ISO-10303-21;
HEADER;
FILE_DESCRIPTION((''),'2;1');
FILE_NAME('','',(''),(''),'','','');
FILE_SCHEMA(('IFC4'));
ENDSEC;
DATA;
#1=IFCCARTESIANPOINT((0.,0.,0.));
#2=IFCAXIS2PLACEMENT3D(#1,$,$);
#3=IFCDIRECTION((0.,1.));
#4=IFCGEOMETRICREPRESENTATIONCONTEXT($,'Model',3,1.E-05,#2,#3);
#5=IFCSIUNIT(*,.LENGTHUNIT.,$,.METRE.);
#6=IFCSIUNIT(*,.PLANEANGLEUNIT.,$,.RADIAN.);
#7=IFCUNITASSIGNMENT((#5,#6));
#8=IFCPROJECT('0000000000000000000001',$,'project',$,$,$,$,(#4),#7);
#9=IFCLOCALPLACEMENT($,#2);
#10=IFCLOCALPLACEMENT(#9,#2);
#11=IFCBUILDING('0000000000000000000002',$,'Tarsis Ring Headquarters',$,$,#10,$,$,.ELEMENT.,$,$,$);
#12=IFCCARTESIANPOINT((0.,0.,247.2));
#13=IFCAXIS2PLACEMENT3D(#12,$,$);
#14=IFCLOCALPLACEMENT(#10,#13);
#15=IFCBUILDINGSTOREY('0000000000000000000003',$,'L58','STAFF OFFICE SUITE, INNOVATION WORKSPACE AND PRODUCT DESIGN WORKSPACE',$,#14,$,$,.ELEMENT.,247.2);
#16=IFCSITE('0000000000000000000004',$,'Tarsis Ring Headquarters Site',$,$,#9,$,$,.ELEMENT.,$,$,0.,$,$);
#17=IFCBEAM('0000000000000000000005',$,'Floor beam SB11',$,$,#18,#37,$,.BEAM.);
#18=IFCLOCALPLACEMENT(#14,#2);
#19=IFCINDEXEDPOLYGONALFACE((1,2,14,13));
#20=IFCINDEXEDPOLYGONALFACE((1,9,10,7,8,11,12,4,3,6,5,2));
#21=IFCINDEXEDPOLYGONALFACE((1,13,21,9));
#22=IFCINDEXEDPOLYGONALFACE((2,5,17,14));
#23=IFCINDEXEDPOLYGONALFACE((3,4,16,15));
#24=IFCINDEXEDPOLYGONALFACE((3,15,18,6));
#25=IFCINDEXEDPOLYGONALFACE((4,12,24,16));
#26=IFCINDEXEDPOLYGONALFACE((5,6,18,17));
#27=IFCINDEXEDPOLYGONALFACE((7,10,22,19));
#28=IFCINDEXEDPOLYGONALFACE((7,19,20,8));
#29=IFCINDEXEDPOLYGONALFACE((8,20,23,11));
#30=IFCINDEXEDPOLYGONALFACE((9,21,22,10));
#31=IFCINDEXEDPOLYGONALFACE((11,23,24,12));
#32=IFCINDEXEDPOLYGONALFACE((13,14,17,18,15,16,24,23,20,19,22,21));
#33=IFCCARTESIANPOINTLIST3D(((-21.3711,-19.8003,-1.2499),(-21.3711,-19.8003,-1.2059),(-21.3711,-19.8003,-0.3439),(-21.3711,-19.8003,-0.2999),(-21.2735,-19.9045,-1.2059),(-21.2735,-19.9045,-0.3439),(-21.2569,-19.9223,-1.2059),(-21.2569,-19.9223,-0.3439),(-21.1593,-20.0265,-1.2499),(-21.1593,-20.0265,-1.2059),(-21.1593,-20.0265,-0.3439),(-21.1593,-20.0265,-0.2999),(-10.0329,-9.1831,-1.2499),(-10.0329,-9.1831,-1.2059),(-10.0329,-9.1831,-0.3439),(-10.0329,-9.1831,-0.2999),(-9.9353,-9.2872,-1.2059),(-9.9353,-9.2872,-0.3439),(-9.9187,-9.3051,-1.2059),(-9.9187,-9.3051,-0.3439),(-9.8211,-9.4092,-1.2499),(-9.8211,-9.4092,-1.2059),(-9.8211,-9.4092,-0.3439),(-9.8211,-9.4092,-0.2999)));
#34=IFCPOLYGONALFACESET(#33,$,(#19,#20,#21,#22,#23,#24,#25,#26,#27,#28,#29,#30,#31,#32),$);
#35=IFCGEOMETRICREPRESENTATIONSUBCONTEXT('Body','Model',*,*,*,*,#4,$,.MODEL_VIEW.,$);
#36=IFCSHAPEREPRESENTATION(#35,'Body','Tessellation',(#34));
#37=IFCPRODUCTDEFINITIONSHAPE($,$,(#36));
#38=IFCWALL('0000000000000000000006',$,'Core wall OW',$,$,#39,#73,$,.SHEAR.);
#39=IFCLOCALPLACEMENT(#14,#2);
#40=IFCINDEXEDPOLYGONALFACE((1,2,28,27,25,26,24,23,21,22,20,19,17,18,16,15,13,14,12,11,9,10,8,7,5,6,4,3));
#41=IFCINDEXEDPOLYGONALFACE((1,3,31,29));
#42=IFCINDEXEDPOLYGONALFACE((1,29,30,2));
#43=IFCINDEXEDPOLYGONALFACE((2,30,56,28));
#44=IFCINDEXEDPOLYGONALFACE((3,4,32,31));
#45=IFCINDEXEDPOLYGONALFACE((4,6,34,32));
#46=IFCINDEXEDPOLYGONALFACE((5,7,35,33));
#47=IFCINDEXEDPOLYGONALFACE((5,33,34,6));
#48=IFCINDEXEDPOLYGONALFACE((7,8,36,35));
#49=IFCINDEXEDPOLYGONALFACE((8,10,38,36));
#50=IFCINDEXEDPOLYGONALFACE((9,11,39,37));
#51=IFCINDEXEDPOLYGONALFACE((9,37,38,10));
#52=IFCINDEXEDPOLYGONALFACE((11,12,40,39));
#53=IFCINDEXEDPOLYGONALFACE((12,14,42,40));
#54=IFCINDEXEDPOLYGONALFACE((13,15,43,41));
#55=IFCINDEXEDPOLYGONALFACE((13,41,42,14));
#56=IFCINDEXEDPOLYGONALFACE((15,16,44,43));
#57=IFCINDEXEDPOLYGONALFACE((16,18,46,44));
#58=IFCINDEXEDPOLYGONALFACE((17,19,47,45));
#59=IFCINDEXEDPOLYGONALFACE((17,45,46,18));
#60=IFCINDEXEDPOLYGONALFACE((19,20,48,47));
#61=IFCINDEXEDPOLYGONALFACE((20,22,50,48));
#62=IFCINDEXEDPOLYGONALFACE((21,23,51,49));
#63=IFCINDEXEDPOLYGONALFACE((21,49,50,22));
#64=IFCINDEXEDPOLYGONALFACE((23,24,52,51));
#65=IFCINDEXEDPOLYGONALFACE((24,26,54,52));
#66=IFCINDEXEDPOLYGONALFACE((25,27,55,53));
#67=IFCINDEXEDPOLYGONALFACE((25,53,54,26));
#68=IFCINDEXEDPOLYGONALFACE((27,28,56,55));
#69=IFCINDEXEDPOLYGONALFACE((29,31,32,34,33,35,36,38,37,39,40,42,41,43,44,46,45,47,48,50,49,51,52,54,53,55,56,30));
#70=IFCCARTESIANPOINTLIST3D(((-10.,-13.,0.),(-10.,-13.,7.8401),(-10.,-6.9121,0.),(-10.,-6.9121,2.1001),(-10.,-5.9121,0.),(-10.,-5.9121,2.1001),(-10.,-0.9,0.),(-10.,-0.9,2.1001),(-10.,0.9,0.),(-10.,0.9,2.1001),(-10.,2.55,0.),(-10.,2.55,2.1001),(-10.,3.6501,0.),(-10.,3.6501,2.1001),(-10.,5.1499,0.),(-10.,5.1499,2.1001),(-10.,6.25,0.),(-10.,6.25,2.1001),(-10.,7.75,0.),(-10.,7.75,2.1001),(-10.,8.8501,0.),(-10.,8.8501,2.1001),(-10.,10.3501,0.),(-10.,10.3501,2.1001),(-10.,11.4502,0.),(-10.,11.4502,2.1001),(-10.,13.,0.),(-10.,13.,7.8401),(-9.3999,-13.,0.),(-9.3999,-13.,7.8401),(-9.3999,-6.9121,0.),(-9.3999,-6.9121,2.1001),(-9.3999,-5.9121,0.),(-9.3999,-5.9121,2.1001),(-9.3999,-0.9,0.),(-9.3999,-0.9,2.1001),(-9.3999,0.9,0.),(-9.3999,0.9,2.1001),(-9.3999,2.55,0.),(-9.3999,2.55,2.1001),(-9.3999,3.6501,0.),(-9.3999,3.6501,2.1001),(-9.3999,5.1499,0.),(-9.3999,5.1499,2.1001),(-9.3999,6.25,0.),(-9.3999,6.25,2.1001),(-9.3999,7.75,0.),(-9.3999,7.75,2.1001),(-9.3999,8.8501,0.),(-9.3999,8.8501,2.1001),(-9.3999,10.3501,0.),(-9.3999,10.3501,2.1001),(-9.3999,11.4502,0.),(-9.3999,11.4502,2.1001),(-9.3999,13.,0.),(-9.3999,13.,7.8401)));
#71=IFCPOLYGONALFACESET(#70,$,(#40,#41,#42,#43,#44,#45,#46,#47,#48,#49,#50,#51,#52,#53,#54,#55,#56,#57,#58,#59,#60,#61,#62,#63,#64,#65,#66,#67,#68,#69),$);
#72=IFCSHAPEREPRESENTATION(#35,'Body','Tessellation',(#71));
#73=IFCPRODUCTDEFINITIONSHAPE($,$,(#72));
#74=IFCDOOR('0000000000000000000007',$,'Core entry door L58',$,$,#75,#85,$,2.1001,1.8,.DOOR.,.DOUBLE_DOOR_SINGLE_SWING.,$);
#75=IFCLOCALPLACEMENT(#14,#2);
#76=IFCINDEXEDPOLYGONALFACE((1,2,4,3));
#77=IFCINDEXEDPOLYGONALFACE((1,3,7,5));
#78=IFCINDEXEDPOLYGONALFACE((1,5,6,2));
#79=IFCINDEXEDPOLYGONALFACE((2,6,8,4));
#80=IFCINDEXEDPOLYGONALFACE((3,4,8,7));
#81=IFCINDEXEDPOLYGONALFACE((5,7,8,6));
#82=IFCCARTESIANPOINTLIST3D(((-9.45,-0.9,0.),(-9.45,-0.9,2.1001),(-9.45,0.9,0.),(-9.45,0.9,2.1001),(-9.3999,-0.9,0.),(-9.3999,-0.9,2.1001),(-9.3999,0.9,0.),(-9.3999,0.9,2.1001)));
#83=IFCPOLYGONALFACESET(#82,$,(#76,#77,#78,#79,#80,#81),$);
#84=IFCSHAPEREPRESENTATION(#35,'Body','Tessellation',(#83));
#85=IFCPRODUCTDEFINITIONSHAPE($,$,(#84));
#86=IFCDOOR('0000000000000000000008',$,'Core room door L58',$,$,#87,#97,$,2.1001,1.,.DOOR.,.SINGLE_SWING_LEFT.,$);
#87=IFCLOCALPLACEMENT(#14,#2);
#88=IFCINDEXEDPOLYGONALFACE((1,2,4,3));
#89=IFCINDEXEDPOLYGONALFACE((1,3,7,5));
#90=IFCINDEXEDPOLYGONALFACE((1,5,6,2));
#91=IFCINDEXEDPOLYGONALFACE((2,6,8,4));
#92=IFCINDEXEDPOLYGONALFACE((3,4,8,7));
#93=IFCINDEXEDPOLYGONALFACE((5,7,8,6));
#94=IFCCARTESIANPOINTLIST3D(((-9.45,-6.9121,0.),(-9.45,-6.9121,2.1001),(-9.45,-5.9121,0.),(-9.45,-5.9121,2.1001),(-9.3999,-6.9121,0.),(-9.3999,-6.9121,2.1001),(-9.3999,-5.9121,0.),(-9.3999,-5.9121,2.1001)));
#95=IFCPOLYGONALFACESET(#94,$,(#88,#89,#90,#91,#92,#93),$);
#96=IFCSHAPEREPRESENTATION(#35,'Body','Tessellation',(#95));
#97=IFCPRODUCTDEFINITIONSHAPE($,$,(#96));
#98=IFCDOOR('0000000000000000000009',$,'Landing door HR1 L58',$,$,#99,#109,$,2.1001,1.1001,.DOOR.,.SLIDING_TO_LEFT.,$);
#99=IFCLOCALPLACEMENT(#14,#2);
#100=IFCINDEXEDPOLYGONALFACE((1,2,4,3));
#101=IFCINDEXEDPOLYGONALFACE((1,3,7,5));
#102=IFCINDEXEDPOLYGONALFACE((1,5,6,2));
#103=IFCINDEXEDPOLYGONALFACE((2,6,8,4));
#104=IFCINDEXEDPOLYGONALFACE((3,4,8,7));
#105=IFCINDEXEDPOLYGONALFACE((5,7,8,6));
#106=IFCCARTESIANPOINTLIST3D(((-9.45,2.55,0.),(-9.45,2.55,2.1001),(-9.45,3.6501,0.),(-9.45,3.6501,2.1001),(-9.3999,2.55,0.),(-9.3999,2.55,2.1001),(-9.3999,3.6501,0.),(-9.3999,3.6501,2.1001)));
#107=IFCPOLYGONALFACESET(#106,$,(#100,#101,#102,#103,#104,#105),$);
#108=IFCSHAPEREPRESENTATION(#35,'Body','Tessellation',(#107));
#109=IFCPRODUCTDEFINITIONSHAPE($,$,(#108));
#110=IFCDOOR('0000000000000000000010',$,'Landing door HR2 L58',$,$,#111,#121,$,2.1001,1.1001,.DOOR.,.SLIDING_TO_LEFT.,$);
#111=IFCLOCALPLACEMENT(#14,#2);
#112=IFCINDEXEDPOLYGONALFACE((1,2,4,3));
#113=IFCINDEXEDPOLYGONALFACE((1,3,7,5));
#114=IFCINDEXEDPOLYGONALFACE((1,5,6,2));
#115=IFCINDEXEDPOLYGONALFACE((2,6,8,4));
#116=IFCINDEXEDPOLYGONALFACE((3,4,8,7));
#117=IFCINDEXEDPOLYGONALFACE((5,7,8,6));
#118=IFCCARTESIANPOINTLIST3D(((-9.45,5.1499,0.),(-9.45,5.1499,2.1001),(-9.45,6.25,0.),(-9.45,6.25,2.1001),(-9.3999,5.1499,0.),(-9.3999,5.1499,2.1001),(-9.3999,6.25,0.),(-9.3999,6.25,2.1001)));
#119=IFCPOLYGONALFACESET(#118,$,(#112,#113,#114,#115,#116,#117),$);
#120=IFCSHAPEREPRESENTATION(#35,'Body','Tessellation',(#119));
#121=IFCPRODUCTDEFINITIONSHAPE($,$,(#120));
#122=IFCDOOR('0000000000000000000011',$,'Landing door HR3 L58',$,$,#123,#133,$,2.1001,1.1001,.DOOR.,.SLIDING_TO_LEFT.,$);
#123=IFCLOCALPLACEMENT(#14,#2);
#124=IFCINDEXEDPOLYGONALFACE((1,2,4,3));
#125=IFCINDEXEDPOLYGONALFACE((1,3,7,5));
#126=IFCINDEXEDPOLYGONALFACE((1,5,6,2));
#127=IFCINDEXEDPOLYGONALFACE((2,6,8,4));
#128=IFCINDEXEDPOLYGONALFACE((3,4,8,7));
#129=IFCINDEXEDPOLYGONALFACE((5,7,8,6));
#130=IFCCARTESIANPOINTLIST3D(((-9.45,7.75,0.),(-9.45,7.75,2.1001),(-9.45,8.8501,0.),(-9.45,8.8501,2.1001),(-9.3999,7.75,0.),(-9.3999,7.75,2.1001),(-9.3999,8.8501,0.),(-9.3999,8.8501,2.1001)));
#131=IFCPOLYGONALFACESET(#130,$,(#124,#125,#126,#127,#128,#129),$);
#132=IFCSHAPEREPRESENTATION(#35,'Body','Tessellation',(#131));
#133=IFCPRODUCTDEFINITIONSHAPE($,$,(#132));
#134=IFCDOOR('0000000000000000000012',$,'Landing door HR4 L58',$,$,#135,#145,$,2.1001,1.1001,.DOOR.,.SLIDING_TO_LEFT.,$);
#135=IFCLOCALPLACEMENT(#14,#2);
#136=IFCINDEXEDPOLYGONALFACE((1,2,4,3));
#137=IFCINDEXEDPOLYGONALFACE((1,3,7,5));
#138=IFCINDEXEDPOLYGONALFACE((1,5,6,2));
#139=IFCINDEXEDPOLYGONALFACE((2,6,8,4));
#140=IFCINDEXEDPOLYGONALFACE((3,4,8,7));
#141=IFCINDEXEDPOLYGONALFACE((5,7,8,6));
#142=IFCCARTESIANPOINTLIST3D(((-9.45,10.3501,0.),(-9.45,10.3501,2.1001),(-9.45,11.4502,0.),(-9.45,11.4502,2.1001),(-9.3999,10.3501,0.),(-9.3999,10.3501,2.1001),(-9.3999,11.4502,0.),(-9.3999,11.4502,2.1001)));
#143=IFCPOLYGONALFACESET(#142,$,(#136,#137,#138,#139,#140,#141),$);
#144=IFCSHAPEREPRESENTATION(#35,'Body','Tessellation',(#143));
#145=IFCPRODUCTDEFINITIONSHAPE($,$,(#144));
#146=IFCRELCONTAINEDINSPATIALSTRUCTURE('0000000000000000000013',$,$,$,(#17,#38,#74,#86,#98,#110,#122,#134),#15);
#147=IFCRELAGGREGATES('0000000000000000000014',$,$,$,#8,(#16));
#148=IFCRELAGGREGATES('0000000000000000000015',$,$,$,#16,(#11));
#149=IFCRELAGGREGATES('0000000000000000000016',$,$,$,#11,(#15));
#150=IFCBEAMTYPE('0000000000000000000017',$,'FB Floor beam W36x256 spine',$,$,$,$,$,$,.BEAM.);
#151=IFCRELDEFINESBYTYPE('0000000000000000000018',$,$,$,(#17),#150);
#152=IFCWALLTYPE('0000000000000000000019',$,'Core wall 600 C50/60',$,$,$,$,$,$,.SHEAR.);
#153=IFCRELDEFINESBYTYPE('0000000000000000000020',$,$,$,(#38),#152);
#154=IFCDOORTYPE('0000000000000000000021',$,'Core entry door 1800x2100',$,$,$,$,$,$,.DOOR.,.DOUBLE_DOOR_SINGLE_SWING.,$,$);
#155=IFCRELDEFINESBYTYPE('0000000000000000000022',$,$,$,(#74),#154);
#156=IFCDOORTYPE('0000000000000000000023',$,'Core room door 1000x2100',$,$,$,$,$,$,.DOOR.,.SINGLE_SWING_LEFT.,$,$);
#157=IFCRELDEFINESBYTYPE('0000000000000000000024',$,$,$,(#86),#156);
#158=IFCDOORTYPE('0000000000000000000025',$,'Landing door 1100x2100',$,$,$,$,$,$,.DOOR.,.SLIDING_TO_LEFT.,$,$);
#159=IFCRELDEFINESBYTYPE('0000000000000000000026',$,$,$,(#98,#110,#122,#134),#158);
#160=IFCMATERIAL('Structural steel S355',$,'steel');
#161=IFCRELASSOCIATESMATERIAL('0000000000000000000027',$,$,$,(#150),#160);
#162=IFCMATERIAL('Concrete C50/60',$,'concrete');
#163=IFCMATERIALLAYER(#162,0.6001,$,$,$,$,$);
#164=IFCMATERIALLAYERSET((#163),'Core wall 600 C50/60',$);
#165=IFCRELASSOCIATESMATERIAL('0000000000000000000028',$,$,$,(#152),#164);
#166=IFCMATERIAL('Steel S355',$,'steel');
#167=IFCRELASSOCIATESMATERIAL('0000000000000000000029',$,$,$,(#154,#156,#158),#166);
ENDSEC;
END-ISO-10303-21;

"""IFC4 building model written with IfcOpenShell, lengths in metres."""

from ifc_helpers import new_model, si_unit, direction, frame, frame_2d, origin, origin_2d, place, context, subcontext, project, spatial, rectangle, i_section, extrude, material, layer, layer_set, material_profile, profile_set, type_object, element, fill, save


model = new_model("IFC4")

# Units and contexts
model_context = context("Model", 3, precision=1e-05, world=origin(), true_north=direction((0.0, 1.0)))
body_context = subcontext(model_context, "Body", "Model", "MODEL_VIEW")
ifc_project = project(units=[si_unit("LENGTHUNIT", "METRE"), si_unit("PLANEANGLEUNIT", "RADIAN")], contexts=[model_context])

# Site, building, storey
site_placement = place(None, origin())
site = spatial("IfcSite", under=ifc_project, at=site_placement, Name="Tarsis Ring Headquarters Site", CompositionType="ELEMENT", RefElevation=0.0)
building_placement = place(site_placement, origin())
building = spatial("IfcBuilding", under=site, at=building_placement, Name="Tarsis Ring Headquarters", CompositionType="ELEMENT")
storey_placement = place(building_placement, frame((0.0, 0.0, 247.2)))
storey = spatial("IfcBuildingStorey", under=building, at=storey_placement, Name="L58", Description="STAFF OFFICE SUITE, INNOVATION WORKSPACE AND PRODUCT DESIGN WORKSPACE", CompositionType="ELEMENT", Elevation=247.2)

# Beam
ifc_material_1 = material(Name="Structural steel S355", Category="steel")
ifc_material_profile = material_profile(ifc_material_1, i_section(OverallWidth=0.3098, OverallDepth=0.95, WebThickness=0.0244, FlangeThickness=0.0439, at=origin_2d()), Name="W36x256")
ifc_profile_set = profile_set([ifc_material_profile], Name="Structural steel S355")
beam_type = type_object("IfcBeamType", Name="FB Floor beam W36x256 spine", PredefinedType="BEAM", material=ifc_profile_set)
beam_placement = place(storey_placement, frame((-9.927, -9.2961, -0.7749), z_axis=(-0.729933, -0.683519, 0.0), x_axis=(0.683519, -0.729933, 0.0)))
element("IfcBeam", 1, at=beam_placement, inside=storey, type_object=beam_type, Name="Floor beam SB11", PredefinedType="BEAM", context=body_context, shape_type="SweptSolid", body=[
    extrude(i_section(OverallWidth=0.3098, OverallDepth=0.95, WebThickness=0.0244, FlangeThickness=0.0439, at=origin_2d()), origin(), (0.0, 0.0, 1.0), 15.5332),
])

# Wall, openings, doors
ifc_material_2 = material(Name="Concrete C50/60", Category="concrete")
ifc_layer_1 = layer(ifc_material_2, 0.6001)
ifc_layer_set_1 = layer_set([ifc_layer_1], Name="Core wall 600 C50/60")
wall_type_1 = type_object("IfcWallType", Name="Core wall 600 C50/60", PredefinedType="SHEAR", material=ifc_layer_set_1)
wall_1_placement = place(storey_placement, frame((-9.7, -13.0, 0.0), z_axis=(0.0, 0.0, 1.0), x_axis=(0.0, 1.0, 0.0)))
wall_1 = element("IfcWall", 2, at=wall_1_placement, inside=storey, type_object=wall_type_1, Name="Core wall OW", PredefinedType="SHEAR", context=body_context, shape_type="SweptSolid", body=[
    extrude(rectangle(XDim=26.0, YDim=0.6001, at=frame_2d((13.0, 0.0))), origin(), (0.0, 0.0, 1.0), 7.8401),
])
opening_1_placement = place(wall_1_placement, frame((6.0879, 0.0, 0.0)))
opening_1 = element("IfcOpeningElement", 3, at=opening_1_placement, cuts=wall_1, PredefinedType="OPENING", context=body_context, shape_type="SweptSolid", body=[
    extrude(rectangle(XDim=1.0, YDim=2.1001, at=frame_2d((0.5, 1.05))), frame((0.0, 0.3101, 0.0), z_axis=(0.0, -1.0, 0.0), x_axis=(1.0, 0.0, 0.0)), (0.0, 0.0, 1.0), 0.6201),
])
opening_2_placement = place(wall_1_placement, frame((12.1001, 0.0, 0.0)))
opening_2 = element("IfcOpeningElement", 4, at=opening_2_placement, cuts=wall_1, PredefinedType="OPENING", context=body_context, shape_type="SweptSolid", body=[
    extrude(rectangle(XDim=1.8, YDim=2.1001, at=frame_2d((0.8999, 1.05))), frame((0.0, 0.3101, 0.0), z_axis=(0.0, -1.0, 0.0), x_axis=(1.0, 0.0, 0.0)), (0.0, 0.0, 1.0), 0.6201),
])
opening_3_placement = place(wall_1_placement, frame((15.55, 0.0, 0.0)))
opening_3 = element("IfcOpeningElement", 5, at=opening_3_placement, cuts=wall_1, PredefinedType="OPENING", context=body_context, shape_type="SweptSolid", body=[
    extrude(rectangle(XDim=1.1001, YDim=2.1001, at=frame_2d((0.55, 1.05))), frame((0.0, 0.3101, 0.0), z_axis=(0.0, -1.0, 0.0), x_axis=(1.0, 0.0, 0.0)), (0.0, 0.0, 1.0), 0.6201),
])
opening_4_placement = place(wall_1_placement, frame((18.1499, 0.0, 0.0)))
opening_4 = element("IfcOpeningElement", 6, at=opening_4_placement, cuts=wall_1, PredefinedType="OPENING", context=body_context, shape_type="SweptSolid", body=[
    extrude(rectangle(XDim=1.1001, YDim=2.1001, at=frame_2d((0.55, 1.05))), frame((0.0, 0.3101, 0.0), z_axis=(0.0, -1.0, 0.0), x_axis=(1.0, 0.0, 0.0)), (0.0, 0.0, 1.0), 0.6201),
])
opening_5_placement = place(wall_1_placement, frame((20.75, 0.0, 0.0)))
opening_5 = element("IfcOpeningElement", 7, at=opening_5_placement, cuts=wall_1, PredefinedType="OPENING", context=body_context, shape_type="SweptSolid", body=[
    extrude(rectangle(XDim=1.1001, YDim=2.1001, at=frame_2d((0.55, 1.05))), frame((0.0, 0.3101, 0.0), z_axis=(0.0, -1.0, 0.0), x_axis=(1.0, 0.0, 0.0)), (0.0, 0.0, 1.0), 0.6201),
])
opening_6_placement = place(wall_1_placement, frame((23.3501, 0.0, 0.0)))
opening_6 = element("IfcOpeningElement", 8, at=opening_6_placement, cuts=wall_1, PredefinedType="OPENING", context=body_context, shape_type="SweptSolid", body=[
    extrude(rectangle(XDim=1.1001, YDim=2.1001, at=frame_2d((0.55, 1.05))), frame((0.0, 0.3101, 0.0), z_axis=(0.0, -1.0, 0.0), x_axis=(1.0, 0.0, 0.0)), (0.0, 0.0, 1.0), 0.6201),
])
ifc_material_3 = material(Name="Steel S355", Category="steel")
door_type_1 = type_object("IfcDoorType", Name="Core entry door 1800x2100", OperationType="DOUBLE_DOOR_SINGLE_SWING", PredefinedType="DOOR", material=ifc_material_3)
door_1_placement = place(opening_2_placement, origin())
door_1 = element("IfcDoor", 9, at=door_1_placement, inside=storey, type_object=door_type_1, Name="Core entry door L58", OperationType="DOUBLE_DOOR_SINGLE_SWING", OverallHeight=2.1001, OverallWidth=1.8, PredefinedType="DOOR", context=body_context, shape_type="SweptSolid", body=[
    extrude(rectangle(XDim=1.8, YDim=2.1001, at=frame_2d((0.8999, 1.05))), frame((0.0, -0.25, 0.0), z_axis=(0.0, -1.0, 0.0), x_axis=(1.0, 0.0, 0.0)), (0.0, 0.0, 1.0), 0.05),
])
fill(opening_2, door_1)
door_type_2 = type_object("IfcDoorType", Name="Core room door 1000x2100", OperationType="SINGLE_SWING_LEFT", PredefinedType="DOOR", material=ifc_material_3)
door_2_placement = place(opening_1_placement, origin())
door_2 = element("IfcDoor", 10, at=door_2_placement, inside=storey, type_object=door_type_2, Name="Core room door L58", OperationType="SINGLE_SWING_LEFT", OverallHeight=2.1001, OverallWidth=1.0, PredefinedType="DOOR", context=body_context, shape_type="SweptSolid", body=[
    extrude(rectangle(XDim=1.0, YDim=2.1001, at=frame_2d((0.5, 1.05))), frame((0.0, -0.25, 0.0), z_axis=(0.0, -1.0, 0.0), x_axis=(1.0, 0.0, 0.0)), (0.0, 0.0, 1.0), 0.05),
])
fill(opening_1, door_2)
door_type_3 = type_object("IfcDoorType", Name="Landing door 1100x2100", OperationType="SLIDING_TO_LEFT", PredefinedType="DOOR", material=ifc_material_3)
door_3_placement = place(opening_3_placement, origin())
door_3 = element("IfcDoor", 11, at=door_3_placement, inside=storey, type_object=door_type_3, Name="Landing door HR1 L58", OperationType="SLIDING_TO_LEFT", OverallHeight=2.1001, OverallWidth=1.1001, PredefinedType="DOOR", context=body_context, shape_type="SweptSolid", body=[
    extrude(rectangle(XDim=1.1001, YDim=2.1001, at=frame_2d((0.55, 1.05))), frame((0.0, -0.25, 0.0), z_axis=(0.0, -1.0, 0.0), x_axis=(1.0, 0.0, 0.0)), (0.0, 0.0, 1.0), 0.05),
])
fill(opening_3, door_3)
door_4_placement = place(opening_4_placement, origin())
door_4 = element("IfcDoor", 12, at=door_4_placement, inside=storey, type_object=door_type_3, Name="Landing door HR2 L58", OperationType="SLIDING_TO_LEFT", OverallHeight=2.1001, OverallWidth=1.1001, PredefinedType="DOOR", context=body_context, shape_type="SweptSolid", body=[
    extrude(rectangle(XDim=1.1001, YDim=2.1001, at=frame_2d((0.55, 1.05))), frame((0.0, -0.25, 0.0), z_axis=(0.0, -1.0, 0.0), x_axis=(1.0, 0.0, 0.0)), (0.0, 0.0, 1.0), 0.05),
])
fill(opening_4, door_4)
door_5_placement = place(opening_5_placement, origin())
door_5 = element("IfcDoor", 13, at=door_5_placement, inside=storey, type_object=door_type_3, Name="Landing door HR3 L58", OperationType="SLIDING_TO_LEFT", OverallHeight=2.1001, OverallWidth=1.1001, PredefinedType="DOOR", context=body_context, shape_type="SweptSolid", body=[
    extrude(rectangle(XDim=1.1001, YDim=2.1001, at=frame_2d((0.55, 1.05))), frame((0.0, -0.25, 0.0), z_axis=(0.0, -1.0, 0.0), x_axis=(1.0, 0.0, 0.0)), (0.0, 0.0, 1.0), 0.05),
])
fill(opening_5, door_5)
door_6_placement = place(opening_6_placement, origin())
door_6 = element("IfcDoor", 14, at=door_6_placement, inside=storey, type_object=door_type_3, Name="Landing door HR4 L58", OperationType="SLIDING_TO_LEFT", OverallHeight=2.1001, OverallWidth=1.1001, PredefinedType="DOOR", context=body_context, shape_type="SweptSolid", body=[
    extrude(rectangle(XDim=1.1001, YDim=2.1001, at=frame_2d((0.55, 1.05))), frame((0.0, -0.25, 0.0), z_axis=(0.0, -1.0, 0.0), x_axis=(1.0, 0.0, 0.0)), (0.0, 0.0, 1.0), 0.05),
])
fill(opening_6, door_6)

save(model, "model.ifc")
